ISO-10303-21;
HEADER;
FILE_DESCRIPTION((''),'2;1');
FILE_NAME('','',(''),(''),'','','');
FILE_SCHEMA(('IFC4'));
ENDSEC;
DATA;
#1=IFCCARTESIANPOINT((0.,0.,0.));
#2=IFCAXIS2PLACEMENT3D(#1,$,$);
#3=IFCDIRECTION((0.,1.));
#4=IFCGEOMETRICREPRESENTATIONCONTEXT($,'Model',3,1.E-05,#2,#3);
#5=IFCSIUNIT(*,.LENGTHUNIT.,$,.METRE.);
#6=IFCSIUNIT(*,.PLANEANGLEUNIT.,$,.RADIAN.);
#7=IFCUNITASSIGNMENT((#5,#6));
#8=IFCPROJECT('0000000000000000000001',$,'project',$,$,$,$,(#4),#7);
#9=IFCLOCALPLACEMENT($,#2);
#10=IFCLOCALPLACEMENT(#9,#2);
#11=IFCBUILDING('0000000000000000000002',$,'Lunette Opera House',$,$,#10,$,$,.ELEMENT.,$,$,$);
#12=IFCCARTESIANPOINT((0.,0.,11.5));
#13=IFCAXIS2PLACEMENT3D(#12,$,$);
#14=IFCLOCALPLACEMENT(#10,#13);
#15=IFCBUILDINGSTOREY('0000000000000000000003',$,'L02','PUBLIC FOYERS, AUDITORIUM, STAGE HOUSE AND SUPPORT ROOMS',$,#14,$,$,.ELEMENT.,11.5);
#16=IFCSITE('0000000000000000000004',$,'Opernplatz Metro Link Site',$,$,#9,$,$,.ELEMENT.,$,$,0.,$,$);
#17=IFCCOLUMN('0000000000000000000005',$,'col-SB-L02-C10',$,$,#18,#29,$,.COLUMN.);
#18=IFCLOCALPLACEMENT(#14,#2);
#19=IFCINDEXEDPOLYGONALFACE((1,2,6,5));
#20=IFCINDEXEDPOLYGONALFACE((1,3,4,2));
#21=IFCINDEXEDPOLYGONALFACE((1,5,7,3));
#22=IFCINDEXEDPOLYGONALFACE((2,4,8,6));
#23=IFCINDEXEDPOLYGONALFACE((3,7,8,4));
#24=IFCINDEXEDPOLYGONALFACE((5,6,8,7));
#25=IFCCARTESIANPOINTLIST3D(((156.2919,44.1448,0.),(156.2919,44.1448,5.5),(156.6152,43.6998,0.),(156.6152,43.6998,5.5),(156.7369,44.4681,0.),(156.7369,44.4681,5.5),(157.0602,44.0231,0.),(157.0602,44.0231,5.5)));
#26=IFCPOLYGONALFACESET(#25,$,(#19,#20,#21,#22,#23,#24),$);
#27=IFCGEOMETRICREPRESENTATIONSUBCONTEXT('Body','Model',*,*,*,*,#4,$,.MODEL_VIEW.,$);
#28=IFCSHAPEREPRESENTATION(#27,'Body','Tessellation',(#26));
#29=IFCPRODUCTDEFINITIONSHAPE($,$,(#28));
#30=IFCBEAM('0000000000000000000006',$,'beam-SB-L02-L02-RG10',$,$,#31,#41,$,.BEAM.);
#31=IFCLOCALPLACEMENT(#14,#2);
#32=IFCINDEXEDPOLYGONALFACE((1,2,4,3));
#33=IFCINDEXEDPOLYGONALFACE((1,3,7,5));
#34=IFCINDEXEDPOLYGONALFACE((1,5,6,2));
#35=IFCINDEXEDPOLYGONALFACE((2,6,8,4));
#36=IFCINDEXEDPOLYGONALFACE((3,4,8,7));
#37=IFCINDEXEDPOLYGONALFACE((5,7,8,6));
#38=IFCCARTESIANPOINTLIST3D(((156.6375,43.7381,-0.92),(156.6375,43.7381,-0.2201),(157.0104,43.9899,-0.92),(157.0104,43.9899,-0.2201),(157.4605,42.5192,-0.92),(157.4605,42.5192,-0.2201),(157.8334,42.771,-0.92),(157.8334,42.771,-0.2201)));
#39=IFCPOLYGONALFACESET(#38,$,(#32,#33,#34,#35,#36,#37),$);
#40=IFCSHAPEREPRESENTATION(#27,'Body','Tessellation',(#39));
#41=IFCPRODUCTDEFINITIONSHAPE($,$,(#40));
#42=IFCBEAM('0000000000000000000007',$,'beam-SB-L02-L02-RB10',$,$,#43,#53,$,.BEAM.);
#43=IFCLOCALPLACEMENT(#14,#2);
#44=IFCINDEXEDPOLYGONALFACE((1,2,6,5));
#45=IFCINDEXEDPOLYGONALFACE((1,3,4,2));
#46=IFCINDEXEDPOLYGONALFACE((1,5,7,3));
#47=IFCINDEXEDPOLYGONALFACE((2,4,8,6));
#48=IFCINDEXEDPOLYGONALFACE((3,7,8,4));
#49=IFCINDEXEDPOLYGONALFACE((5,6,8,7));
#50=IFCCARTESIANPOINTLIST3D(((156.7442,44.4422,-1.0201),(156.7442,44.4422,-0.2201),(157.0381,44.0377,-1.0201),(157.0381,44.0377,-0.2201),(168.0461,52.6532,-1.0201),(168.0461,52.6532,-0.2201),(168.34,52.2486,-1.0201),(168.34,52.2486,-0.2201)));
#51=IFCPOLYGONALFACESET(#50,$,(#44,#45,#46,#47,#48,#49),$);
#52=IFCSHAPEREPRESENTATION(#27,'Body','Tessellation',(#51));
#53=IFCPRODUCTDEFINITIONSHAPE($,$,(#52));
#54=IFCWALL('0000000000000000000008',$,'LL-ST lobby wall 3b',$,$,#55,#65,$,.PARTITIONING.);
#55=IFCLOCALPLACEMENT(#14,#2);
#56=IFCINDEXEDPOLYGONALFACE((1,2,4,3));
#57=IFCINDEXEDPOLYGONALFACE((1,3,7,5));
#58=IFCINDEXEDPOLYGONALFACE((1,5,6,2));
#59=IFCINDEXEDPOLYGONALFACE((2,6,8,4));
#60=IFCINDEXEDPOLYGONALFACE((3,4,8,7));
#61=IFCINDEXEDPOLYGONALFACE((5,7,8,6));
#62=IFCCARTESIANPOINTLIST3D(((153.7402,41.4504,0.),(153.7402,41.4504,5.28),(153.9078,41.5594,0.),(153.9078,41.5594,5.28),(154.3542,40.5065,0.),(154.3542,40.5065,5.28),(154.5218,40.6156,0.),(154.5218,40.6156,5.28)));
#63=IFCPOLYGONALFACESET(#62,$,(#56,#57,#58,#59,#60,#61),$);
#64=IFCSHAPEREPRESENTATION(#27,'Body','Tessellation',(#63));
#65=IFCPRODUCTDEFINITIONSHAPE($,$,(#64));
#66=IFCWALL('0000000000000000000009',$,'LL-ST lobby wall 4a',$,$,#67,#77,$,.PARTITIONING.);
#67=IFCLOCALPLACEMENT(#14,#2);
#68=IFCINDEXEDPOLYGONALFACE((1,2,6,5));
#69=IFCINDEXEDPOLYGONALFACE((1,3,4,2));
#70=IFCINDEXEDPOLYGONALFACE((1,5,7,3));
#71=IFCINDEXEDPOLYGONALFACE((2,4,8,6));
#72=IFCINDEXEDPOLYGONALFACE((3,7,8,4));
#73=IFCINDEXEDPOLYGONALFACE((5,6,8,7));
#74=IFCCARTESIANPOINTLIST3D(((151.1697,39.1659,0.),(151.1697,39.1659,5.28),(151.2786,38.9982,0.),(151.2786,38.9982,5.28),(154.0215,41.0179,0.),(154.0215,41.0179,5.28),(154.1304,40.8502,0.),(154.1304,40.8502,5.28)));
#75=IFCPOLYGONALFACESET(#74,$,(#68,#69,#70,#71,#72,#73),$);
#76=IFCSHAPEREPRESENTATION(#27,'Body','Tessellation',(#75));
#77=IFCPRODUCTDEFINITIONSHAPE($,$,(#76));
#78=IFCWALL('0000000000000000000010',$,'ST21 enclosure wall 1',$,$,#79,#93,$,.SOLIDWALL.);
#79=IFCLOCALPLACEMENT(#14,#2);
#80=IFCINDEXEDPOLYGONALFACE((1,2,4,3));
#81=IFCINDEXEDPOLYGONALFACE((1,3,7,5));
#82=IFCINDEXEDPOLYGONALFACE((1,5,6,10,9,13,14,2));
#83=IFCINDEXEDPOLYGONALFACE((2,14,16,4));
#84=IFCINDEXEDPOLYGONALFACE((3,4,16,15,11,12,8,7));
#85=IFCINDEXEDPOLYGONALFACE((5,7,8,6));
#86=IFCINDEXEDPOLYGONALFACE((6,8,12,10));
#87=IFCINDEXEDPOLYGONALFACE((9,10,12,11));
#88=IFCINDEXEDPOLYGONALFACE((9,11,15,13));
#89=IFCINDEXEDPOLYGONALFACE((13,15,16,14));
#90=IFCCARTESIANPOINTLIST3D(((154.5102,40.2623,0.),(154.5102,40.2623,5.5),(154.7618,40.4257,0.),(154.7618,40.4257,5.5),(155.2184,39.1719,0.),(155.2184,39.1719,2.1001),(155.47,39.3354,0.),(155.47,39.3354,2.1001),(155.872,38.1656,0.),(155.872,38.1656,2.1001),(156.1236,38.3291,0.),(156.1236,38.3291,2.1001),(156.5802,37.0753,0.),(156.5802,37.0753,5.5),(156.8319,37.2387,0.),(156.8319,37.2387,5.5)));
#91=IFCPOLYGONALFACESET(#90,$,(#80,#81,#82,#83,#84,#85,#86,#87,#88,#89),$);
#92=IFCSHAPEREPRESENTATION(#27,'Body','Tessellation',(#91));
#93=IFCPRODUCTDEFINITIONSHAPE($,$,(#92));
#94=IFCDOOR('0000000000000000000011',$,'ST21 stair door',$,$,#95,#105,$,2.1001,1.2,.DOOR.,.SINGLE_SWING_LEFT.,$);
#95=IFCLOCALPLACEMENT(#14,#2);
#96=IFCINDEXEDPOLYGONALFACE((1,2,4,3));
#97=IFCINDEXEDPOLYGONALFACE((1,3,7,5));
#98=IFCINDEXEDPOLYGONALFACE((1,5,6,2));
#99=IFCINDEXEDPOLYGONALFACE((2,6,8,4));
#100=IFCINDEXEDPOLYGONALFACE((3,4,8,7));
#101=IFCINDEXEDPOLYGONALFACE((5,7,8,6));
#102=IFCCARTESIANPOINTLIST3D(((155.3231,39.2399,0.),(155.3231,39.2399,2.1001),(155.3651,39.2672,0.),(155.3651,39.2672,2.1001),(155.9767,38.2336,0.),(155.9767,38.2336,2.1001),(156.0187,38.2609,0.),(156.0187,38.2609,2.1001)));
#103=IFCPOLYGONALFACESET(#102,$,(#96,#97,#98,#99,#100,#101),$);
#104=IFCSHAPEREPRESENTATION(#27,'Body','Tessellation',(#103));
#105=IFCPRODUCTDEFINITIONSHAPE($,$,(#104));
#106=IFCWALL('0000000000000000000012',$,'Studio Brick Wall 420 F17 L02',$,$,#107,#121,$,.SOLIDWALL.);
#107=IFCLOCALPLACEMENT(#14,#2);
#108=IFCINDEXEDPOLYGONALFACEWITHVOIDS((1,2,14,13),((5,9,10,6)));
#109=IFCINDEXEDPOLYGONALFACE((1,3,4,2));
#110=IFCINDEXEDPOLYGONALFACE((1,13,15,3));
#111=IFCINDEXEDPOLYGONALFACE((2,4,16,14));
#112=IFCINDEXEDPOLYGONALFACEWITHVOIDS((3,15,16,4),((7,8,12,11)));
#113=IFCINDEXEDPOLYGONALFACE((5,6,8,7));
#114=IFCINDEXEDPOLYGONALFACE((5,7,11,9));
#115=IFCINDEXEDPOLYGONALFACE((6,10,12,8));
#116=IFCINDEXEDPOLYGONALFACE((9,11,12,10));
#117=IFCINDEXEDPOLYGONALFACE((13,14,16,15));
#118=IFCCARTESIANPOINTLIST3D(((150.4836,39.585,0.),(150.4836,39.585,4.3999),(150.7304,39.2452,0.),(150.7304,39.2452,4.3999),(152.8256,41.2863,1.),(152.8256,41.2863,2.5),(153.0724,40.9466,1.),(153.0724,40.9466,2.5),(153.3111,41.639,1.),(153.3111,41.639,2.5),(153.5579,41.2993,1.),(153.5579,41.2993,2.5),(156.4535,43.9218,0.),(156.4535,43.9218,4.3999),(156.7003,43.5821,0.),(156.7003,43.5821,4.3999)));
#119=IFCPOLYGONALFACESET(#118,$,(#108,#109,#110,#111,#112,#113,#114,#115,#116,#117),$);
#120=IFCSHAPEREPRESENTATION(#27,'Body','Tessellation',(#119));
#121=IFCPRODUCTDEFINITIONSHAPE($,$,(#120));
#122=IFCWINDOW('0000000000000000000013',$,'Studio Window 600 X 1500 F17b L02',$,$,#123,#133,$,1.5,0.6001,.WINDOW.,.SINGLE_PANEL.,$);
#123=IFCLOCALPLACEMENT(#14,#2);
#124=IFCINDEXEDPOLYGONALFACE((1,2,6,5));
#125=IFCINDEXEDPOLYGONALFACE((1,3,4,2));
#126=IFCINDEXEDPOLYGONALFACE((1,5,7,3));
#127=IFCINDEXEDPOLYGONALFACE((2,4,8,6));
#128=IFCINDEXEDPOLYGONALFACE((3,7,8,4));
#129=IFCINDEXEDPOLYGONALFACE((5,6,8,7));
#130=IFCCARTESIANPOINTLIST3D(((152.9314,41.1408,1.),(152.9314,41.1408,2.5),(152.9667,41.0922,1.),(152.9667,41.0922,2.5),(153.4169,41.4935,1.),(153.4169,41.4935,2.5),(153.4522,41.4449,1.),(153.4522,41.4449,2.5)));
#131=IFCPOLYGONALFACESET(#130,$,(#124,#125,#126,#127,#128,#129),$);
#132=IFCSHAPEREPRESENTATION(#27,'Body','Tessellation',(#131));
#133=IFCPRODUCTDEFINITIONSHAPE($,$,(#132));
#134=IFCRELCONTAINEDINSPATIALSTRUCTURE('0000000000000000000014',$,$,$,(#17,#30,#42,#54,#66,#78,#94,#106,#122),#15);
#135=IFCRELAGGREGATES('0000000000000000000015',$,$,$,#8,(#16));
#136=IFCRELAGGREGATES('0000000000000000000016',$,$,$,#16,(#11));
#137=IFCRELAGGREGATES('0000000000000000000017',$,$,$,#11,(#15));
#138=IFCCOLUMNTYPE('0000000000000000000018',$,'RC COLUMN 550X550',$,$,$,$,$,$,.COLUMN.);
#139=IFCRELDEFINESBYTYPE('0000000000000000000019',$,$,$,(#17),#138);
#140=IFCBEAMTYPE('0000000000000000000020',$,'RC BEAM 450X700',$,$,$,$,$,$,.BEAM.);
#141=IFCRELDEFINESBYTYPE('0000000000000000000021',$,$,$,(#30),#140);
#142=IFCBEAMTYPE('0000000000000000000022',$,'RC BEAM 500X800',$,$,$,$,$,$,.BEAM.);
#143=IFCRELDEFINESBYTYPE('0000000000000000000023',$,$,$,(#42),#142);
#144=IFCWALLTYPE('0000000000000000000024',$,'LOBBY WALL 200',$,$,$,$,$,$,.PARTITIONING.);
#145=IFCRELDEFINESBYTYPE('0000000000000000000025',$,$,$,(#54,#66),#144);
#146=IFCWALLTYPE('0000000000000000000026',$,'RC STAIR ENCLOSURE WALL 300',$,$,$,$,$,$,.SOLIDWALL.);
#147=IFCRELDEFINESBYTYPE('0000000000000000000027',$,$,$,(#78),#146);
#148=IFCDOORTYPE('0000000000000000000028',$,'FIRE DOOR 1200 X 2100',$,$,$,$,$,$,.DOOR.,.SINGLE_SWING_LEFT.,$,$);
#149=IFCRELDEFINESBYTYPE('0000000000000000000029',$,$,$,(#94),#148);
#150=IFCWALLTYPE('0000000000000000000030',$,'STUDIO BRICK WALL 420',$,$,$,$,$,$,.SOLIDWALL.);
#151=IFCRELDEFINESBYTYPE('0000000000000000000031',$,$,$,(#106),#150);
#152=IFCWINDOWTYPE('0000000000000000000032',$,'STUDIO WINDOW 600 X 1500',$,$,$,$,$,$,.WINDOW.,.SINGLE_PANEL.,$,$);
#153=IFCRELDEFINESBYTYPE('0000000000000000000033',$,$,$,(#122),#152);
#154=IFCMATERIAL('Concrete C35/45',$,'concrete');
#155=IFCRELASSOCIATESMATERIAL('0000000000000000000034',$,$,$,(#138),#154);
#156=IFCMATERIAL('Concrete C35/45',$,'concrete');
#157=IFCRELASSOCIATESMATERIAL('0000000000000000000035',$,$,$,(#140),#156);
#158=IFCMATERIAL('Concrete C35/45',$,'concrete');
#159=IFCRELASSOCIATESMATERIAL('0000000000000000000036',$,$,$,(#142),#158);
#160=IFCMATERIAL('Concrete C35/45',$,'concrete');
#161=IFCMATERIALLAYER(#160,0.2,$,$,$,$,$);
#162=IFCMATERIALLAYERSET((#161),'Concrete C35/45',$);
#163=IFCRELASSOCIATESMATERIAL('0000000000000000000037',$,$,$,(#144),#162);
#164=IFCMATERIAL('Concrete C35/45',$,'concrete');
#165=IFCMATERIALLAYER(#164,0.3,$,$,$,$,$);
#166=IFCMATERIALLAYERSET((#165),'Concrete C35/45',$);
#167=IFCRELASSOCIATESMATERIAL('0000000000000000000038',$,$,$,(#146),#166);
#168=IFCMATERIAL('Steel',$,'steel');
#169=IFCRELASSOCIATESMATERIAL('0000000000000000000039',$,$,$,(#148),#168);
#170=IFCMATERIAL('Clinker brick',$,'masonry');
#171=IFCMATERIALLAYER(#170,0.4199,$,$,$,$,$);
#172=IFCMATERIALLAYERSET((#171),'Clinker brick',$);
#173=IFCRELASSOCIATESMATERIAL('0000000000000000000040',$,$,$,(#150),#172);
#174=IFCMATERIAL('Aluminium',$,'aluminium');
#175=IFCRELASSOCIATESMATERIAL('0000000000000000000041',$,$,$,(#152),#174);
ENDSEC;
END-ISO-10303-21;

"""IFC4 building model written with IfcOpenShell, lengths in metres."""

from ifc_helpers import new_model, si_unit, direction, frame, frame_2d, origin, origin_2d, place, context, subcontext, project, spatial, rectangle, extrude, material, layer, layer_set, material_profile, profile_set, type_object, element, fill, save


model = new_model("IFC4")

# Units and contexts
model_context = context("Model", 3, precision=1e-05, world=origin(), true_north=direction((0.0, 1.0)))
body_context = subcontext(model_context, "Body", "Model", "MODEL_VIEW")
ifc_project = project(units=[si_unit("LENGTHUNIT", "METRE"), si_unit("PLANEANGLEUNIT", "RADIAN")], contexts=[model_context])

# Site, building, storey
site_placement = place(None, origin())
site = spatial("IfcSite", under=ifc_project, at=site_placement, Name="Opernplatz Metro Link Site", CompositionType="ELEMENT", RefElevation=0.0)
building_placement = place(site_placement, origin())
building = spatial("IfcBuilding", under=site, at=building_placement, Name="Lunette Opera House", CompositionType="ELEMENT")
storey_placement = place(building_placement, frame((0.0, 0.0, 11.5)))
storey = spatial("IfcBuildingStorey", under=building, at=storey_placement, Name="L02", Description="PUBLIC FOYERS, AUDITORIUM, STAGE HOUSE AND SUPPORT ROOMS", CompositionType="ELEMENT", Elevation=11.5)

# Column
ifc_material_1 = material(Name="Concrete C35/45", Category="concrete")
ifc_material_profile_1 = material_profile(ifc_material_1, rectangle(XDim=0.55, YDim=0.55, at=origin_2d()), Name="RC COLUMN 550X550")
ifc_profile_set_1 = profile_set([ifc_material_profile_1], Name="Concrete C35/45")
column_type = type_object("IfcColumnType", Name="RC COLUMN 550X550", PredefinedType="COLUMN", material=ifc_profile_set_1)
column_placement = place(storey_placement, frame((156.676, 44.084, 0.0), z_axis=(0.0, 0.0, 1.0), x_axis=(0.587785, -0.809017, 0.0)))
element("IfcColumn", 1, at=column_placement, inside=storey, type_object=column_type, Name="col-SB-L02-C10", PredefinedType="COLUMN", context=body_context, shape_type="SweptSolid", body=[
    extrude(rectangle(XDim=0.55, YDim=0.55, at=origin_2d()), origin(), (0.0, 0.0, 1.0), 5.5),
])

# Beams
ifc_material_2 = material(Name="Concrete C35/45", Category="concrete")
ifc_material_profile_2 = material_profile(ifc_material_2, rectangle(XDim=0.45, YDim=0.7, at=origin_2d()), Name="RC BEAM 450X700")
ifc_profile_set_2 = profile_set([ifc_material_profile_2], Name="Concrete C35/45")
beam_type_1 = type_object("IfcBeamType", Name="RC BEAM 450X700", PredefinedType="BEAM", material=ifc_profile_set_2)
beam_1_placement = place(storey_placement, frame((156.824, 43.864, -0.5701), z_axis=(0.559556, -0.828793, 0.0), x_axis=(0.828793, 0.559556, 0.0)))
element("IfcBeam", 2, at=beam_1_placement, inside=storey, type_object=beam_type_1, Name="beam-SB-L02-L02-RG10", PredefinedType="BEAM", context=body_context, shape_type="SweptSolid", body=[
    extrude(rectangle(XDim=0.45, YDim=0.7, at=origin_2d()), origin(), (0.0, 0.0, 1.0), 1.4707),
])
ifc_material_3 = material(Name="Concrete C35/45", Category="concrete")
ifc_material_profile_3 = material_profile(ifc_material_3, rectangle(XDim=0.5, YDim=0.8, at=origin_2d()), Name="RC BEAM 500X800")
ifc_profile_set_3 = profile_set([ifc_material_profile_3], Name="Concrete C35/45")
beam_type_2 = type_object("IfcBeamType", Name="RC BEAM 500X800", PredefinedType="BEAM", material=ifc_profile_set_3)
beam_2_placement = place(storey_placement, frame((156.8911, 44.24, -0.6201), z_axis=(0.809032, 0.587764, 0.0), x_axis=(-0.587764, 0.809032, 0.0)))
element("IfcBeam", 3, at=beam_2_placement, inside=storey, type_object=beam_type_2, Name="beam-SB-L02-L02-RB10", PredefinedType="BEAM", context=body_context, shape_type="SweptSolid", body=[
    extrude(rectangle(XDim=0.5, YDim=0.8, at=origin_2d()), origin(), (0.0, 0.0, 1.0), 13.9697),
])

# Walls
ifc_material_4 = material(Name="Concrete C35/45", Category="concrete")
ifc_layer_1 = layer(ifc_material_4, 0.2)
ifc_layer_set_1 = layer_set([ifc_layer_1], Name="Concrete C35/45")
wall_type_1 = type_object("IfcWallType", Name="LOBBY WALL 200", PredefinedType="PARTITIONING", material=ifc_layer_set_1)
wall_1_placement = place(storey_placement, frame((154.438, 40.561, 0.0), z_axis=(0.0, 0.0, 1.0), x_axis=(-0.545308, 0.838235, 0.0)))
element("IfcWall", 4, at=wall_1_placement, inside=storey, type_object=wall_type_1, Name="LL-ST lobby wall 3b", PredefinedType="PARTITIONING", context=body_context, shape_type="SweptSolid", body=[
    extrude(rectangle(XDim=1.126, YDim=0.2, at=frame_2d((0.563, 0.0))), origin(), (0.0, 0.0, 1.0), 5.28),
])
wall_2_placement = place(storey_placement, frame((154.0759, 40.9341, 0.0), z_axis=(0.0, 0.0, 1.0), x_axis=(-0.838662, -0.544653, 0.0)))
element("IfcWall", 5, at=wall_2_placement, inside=storey, type_object=wall_type_1, Name="LL-ST lobby wall 4a", PredefinedType="PARTITIONING", context=body_context, shape_type="SweptSolid", body=[
    extrude(rectangle(XDim=3.4004, YDim=0.2, at=frame_2d((1.7002, 0.0))), origin(), (0.0, 0.0, 1.0), 5.28),
])

# Wall, opening, door
ifc_material_5 = material(Name="Concrete C35/45", Category="concrete")
ifc_layer_2 = layer(ifc_material_5, 0.3)
ifc_layer_set_2 = layer_set([ifc_layer_2], Name="Concrete C35/45")
wall_type_2 = type_object("IfcWallType", Name="RC STAIR ENCLOSURE WALL 300", PredefinedType="SOLIDWALL", material=ifc_layer_set_2)
wall_3_placement = place(storey_placement, frame((154.636, 40.344, 0.0), z_axis=(0.0, 0.0, 1.0), x_axis=(0.544713, -0.838623, 0.0)))
wall_3 = element("IfcWall", 6, at=wall_3_placement, inside=storey, type_object=wall_type_2, Name="ST21 enclosure wall 1", PredefinedType="SOLIDWALL", context=body_context, shape_type="SweptSolid", body=[
    extrude(rectangle(XDim=3.8003, YDim=0.3, at=frame_2d((1.9001, 0.0))), origin(), (0.0, 0.0, 1.0), 5.5),
])
opening_1_placement = place(wall_3_placement, frame((1.3, 0.0, 0.0)))
opening_1 = element("IfcOpeningElement", 7, at=opening_1_placement, cuts=wall_3, PredefinedType="OPENING", context=body_context, shape_type="SweptSolid", body=[
    extrude(rectangle(XDim=1.2, YDim=2.1001, at=frame_2d((0.6001, 1.05))), frame((0.0, 0.1621, 0.0), z_axis=(0.0, -1.0, 0.0), x_axis=(1.0, 0.0, 0.0)), (0.0, 0.0, 1.0), 0.324),
])
ifc_material_6 = material(Name="Steel", Category="steel")
door_type = type_object("IfcDoorType", Name="FIRE DOOR 1200 X 2100", OperationType="SINGLE_SWING_LEFT", PredefinedType="DOOR", material=ifc_material_6)
door_placement = place(opening_1_placement, origin())
door = element("IfcDoor", 8, at=door_placement, inside=storey, type_object=door_type, Name="ST21 stair door", OperationType="SINGLE_SWING_LEFT", OverallHeight=2.1001, OverallWidth=1.2, PredefinedType="DOOR", context=body_context, shape_type="SweptSolid", body=[
    extrude(rectangle(XDim=1.2, YDim=2.1001, at=frame_2d((0.6001, 1.05))), frame((0.0, 0.0249, 0.0), z_axis=(0.0, -1.0, 0.0), x_axis=(1.0, 0.0, 0.0)), (0.0, 0.0, 1.0), 0.05),
])
fill(opening_1, door)

# Wall, opening, window
ifc_material_7 = material(Name="Clinker brick", Category="masonry")
ifc_layer_3 = layer(ifc_material_7, 0.4199)
ifc_layer_set_3 = layer_set([ifc_layer_3], Name="Clinker brick")
wall_type_3 = type_object("IfcWallType", Name="STUDIO BRICK WALL 420", PredefinedType="SOLIDWALL", material=ifc_layer_set_3)
wall_4_placement = place(storey_placement, frame((156.5769, 43.752, 0.0), z_axis=(0.0, 0.0, 1.0), x_axis=(-0.809051, -0.587739, 0.0)))
wall_4 = element("IfcWall", 9, at=wall_4_placement, inside=storey, type_object=wall_type_3, Name="Studio Brick Wall 420 F17 L02", PredefinedType="SOLIDWALL", context=body_context, shape_type="SweptSolid", body=[
    extrude(rectangle(XDim=7.3789, YDim=0.4199, at=frame_2d((3.6895, 0.0))), origin(), (0.0, 0.0, 1.0), 4.3999),
])
opening_2_placement = place(wall_4_placement, frame((3.884, 0.0, 1.0)))
opening_2 = element("IfcOpeningElement", 10, at=opening_2_placement, cuts=wall_4, PredefinedType="OPENING", context=body_context, shape_type="SweptSolid", body=[
    extrude(rectangle(XDim=0.6001, YDim=1.5, at=frame_2d((0.3, 0.75))), frame((0.0, 0.2219, 0.0), z_axis=(0.0, -1.0, 0.0), x_axis=(1.0, 0.0, 0.0)), (0.0, 0.0, 1.0), 0.4438),
])
ifc_material_8 = material(Name="Aluminium", Category="aluminium")
window_type = type_object("IfcWindowType", Name="STUDIO WINDOW 600 X 1500", PartitioningType="SINGLE_PANEL", PredefinedType="WINDOW", material=ifc_material_8)
window_placement = place(opening_2_placement, origin())
window = element("IfcWindow", 11, at=window_placement, inside=storey, type_object=window_type, Name="Studio Window 600 X 1500 F17b L02", OverallHeight=1.5, OverallWidth=0.6001, PartitioningType="SINGLE_PANEL", PredefinedType="WINDOW", context=body_context, shape_type="SweptSolid", body=[
    extrude(rectangle(XDim=0.6001, YDim=1.5, at=frame_2d((0.3, 0.75))), frame((0.0, 0.03, 0.0), z_axis=(0.0, -1.0, 0.0), x_axis=(1.0, 0.0, 0.0)), (0.0, 0.0, 1.0), 0.0601),
])
fill(opening_2, window)

save(model, "model.ifc")
